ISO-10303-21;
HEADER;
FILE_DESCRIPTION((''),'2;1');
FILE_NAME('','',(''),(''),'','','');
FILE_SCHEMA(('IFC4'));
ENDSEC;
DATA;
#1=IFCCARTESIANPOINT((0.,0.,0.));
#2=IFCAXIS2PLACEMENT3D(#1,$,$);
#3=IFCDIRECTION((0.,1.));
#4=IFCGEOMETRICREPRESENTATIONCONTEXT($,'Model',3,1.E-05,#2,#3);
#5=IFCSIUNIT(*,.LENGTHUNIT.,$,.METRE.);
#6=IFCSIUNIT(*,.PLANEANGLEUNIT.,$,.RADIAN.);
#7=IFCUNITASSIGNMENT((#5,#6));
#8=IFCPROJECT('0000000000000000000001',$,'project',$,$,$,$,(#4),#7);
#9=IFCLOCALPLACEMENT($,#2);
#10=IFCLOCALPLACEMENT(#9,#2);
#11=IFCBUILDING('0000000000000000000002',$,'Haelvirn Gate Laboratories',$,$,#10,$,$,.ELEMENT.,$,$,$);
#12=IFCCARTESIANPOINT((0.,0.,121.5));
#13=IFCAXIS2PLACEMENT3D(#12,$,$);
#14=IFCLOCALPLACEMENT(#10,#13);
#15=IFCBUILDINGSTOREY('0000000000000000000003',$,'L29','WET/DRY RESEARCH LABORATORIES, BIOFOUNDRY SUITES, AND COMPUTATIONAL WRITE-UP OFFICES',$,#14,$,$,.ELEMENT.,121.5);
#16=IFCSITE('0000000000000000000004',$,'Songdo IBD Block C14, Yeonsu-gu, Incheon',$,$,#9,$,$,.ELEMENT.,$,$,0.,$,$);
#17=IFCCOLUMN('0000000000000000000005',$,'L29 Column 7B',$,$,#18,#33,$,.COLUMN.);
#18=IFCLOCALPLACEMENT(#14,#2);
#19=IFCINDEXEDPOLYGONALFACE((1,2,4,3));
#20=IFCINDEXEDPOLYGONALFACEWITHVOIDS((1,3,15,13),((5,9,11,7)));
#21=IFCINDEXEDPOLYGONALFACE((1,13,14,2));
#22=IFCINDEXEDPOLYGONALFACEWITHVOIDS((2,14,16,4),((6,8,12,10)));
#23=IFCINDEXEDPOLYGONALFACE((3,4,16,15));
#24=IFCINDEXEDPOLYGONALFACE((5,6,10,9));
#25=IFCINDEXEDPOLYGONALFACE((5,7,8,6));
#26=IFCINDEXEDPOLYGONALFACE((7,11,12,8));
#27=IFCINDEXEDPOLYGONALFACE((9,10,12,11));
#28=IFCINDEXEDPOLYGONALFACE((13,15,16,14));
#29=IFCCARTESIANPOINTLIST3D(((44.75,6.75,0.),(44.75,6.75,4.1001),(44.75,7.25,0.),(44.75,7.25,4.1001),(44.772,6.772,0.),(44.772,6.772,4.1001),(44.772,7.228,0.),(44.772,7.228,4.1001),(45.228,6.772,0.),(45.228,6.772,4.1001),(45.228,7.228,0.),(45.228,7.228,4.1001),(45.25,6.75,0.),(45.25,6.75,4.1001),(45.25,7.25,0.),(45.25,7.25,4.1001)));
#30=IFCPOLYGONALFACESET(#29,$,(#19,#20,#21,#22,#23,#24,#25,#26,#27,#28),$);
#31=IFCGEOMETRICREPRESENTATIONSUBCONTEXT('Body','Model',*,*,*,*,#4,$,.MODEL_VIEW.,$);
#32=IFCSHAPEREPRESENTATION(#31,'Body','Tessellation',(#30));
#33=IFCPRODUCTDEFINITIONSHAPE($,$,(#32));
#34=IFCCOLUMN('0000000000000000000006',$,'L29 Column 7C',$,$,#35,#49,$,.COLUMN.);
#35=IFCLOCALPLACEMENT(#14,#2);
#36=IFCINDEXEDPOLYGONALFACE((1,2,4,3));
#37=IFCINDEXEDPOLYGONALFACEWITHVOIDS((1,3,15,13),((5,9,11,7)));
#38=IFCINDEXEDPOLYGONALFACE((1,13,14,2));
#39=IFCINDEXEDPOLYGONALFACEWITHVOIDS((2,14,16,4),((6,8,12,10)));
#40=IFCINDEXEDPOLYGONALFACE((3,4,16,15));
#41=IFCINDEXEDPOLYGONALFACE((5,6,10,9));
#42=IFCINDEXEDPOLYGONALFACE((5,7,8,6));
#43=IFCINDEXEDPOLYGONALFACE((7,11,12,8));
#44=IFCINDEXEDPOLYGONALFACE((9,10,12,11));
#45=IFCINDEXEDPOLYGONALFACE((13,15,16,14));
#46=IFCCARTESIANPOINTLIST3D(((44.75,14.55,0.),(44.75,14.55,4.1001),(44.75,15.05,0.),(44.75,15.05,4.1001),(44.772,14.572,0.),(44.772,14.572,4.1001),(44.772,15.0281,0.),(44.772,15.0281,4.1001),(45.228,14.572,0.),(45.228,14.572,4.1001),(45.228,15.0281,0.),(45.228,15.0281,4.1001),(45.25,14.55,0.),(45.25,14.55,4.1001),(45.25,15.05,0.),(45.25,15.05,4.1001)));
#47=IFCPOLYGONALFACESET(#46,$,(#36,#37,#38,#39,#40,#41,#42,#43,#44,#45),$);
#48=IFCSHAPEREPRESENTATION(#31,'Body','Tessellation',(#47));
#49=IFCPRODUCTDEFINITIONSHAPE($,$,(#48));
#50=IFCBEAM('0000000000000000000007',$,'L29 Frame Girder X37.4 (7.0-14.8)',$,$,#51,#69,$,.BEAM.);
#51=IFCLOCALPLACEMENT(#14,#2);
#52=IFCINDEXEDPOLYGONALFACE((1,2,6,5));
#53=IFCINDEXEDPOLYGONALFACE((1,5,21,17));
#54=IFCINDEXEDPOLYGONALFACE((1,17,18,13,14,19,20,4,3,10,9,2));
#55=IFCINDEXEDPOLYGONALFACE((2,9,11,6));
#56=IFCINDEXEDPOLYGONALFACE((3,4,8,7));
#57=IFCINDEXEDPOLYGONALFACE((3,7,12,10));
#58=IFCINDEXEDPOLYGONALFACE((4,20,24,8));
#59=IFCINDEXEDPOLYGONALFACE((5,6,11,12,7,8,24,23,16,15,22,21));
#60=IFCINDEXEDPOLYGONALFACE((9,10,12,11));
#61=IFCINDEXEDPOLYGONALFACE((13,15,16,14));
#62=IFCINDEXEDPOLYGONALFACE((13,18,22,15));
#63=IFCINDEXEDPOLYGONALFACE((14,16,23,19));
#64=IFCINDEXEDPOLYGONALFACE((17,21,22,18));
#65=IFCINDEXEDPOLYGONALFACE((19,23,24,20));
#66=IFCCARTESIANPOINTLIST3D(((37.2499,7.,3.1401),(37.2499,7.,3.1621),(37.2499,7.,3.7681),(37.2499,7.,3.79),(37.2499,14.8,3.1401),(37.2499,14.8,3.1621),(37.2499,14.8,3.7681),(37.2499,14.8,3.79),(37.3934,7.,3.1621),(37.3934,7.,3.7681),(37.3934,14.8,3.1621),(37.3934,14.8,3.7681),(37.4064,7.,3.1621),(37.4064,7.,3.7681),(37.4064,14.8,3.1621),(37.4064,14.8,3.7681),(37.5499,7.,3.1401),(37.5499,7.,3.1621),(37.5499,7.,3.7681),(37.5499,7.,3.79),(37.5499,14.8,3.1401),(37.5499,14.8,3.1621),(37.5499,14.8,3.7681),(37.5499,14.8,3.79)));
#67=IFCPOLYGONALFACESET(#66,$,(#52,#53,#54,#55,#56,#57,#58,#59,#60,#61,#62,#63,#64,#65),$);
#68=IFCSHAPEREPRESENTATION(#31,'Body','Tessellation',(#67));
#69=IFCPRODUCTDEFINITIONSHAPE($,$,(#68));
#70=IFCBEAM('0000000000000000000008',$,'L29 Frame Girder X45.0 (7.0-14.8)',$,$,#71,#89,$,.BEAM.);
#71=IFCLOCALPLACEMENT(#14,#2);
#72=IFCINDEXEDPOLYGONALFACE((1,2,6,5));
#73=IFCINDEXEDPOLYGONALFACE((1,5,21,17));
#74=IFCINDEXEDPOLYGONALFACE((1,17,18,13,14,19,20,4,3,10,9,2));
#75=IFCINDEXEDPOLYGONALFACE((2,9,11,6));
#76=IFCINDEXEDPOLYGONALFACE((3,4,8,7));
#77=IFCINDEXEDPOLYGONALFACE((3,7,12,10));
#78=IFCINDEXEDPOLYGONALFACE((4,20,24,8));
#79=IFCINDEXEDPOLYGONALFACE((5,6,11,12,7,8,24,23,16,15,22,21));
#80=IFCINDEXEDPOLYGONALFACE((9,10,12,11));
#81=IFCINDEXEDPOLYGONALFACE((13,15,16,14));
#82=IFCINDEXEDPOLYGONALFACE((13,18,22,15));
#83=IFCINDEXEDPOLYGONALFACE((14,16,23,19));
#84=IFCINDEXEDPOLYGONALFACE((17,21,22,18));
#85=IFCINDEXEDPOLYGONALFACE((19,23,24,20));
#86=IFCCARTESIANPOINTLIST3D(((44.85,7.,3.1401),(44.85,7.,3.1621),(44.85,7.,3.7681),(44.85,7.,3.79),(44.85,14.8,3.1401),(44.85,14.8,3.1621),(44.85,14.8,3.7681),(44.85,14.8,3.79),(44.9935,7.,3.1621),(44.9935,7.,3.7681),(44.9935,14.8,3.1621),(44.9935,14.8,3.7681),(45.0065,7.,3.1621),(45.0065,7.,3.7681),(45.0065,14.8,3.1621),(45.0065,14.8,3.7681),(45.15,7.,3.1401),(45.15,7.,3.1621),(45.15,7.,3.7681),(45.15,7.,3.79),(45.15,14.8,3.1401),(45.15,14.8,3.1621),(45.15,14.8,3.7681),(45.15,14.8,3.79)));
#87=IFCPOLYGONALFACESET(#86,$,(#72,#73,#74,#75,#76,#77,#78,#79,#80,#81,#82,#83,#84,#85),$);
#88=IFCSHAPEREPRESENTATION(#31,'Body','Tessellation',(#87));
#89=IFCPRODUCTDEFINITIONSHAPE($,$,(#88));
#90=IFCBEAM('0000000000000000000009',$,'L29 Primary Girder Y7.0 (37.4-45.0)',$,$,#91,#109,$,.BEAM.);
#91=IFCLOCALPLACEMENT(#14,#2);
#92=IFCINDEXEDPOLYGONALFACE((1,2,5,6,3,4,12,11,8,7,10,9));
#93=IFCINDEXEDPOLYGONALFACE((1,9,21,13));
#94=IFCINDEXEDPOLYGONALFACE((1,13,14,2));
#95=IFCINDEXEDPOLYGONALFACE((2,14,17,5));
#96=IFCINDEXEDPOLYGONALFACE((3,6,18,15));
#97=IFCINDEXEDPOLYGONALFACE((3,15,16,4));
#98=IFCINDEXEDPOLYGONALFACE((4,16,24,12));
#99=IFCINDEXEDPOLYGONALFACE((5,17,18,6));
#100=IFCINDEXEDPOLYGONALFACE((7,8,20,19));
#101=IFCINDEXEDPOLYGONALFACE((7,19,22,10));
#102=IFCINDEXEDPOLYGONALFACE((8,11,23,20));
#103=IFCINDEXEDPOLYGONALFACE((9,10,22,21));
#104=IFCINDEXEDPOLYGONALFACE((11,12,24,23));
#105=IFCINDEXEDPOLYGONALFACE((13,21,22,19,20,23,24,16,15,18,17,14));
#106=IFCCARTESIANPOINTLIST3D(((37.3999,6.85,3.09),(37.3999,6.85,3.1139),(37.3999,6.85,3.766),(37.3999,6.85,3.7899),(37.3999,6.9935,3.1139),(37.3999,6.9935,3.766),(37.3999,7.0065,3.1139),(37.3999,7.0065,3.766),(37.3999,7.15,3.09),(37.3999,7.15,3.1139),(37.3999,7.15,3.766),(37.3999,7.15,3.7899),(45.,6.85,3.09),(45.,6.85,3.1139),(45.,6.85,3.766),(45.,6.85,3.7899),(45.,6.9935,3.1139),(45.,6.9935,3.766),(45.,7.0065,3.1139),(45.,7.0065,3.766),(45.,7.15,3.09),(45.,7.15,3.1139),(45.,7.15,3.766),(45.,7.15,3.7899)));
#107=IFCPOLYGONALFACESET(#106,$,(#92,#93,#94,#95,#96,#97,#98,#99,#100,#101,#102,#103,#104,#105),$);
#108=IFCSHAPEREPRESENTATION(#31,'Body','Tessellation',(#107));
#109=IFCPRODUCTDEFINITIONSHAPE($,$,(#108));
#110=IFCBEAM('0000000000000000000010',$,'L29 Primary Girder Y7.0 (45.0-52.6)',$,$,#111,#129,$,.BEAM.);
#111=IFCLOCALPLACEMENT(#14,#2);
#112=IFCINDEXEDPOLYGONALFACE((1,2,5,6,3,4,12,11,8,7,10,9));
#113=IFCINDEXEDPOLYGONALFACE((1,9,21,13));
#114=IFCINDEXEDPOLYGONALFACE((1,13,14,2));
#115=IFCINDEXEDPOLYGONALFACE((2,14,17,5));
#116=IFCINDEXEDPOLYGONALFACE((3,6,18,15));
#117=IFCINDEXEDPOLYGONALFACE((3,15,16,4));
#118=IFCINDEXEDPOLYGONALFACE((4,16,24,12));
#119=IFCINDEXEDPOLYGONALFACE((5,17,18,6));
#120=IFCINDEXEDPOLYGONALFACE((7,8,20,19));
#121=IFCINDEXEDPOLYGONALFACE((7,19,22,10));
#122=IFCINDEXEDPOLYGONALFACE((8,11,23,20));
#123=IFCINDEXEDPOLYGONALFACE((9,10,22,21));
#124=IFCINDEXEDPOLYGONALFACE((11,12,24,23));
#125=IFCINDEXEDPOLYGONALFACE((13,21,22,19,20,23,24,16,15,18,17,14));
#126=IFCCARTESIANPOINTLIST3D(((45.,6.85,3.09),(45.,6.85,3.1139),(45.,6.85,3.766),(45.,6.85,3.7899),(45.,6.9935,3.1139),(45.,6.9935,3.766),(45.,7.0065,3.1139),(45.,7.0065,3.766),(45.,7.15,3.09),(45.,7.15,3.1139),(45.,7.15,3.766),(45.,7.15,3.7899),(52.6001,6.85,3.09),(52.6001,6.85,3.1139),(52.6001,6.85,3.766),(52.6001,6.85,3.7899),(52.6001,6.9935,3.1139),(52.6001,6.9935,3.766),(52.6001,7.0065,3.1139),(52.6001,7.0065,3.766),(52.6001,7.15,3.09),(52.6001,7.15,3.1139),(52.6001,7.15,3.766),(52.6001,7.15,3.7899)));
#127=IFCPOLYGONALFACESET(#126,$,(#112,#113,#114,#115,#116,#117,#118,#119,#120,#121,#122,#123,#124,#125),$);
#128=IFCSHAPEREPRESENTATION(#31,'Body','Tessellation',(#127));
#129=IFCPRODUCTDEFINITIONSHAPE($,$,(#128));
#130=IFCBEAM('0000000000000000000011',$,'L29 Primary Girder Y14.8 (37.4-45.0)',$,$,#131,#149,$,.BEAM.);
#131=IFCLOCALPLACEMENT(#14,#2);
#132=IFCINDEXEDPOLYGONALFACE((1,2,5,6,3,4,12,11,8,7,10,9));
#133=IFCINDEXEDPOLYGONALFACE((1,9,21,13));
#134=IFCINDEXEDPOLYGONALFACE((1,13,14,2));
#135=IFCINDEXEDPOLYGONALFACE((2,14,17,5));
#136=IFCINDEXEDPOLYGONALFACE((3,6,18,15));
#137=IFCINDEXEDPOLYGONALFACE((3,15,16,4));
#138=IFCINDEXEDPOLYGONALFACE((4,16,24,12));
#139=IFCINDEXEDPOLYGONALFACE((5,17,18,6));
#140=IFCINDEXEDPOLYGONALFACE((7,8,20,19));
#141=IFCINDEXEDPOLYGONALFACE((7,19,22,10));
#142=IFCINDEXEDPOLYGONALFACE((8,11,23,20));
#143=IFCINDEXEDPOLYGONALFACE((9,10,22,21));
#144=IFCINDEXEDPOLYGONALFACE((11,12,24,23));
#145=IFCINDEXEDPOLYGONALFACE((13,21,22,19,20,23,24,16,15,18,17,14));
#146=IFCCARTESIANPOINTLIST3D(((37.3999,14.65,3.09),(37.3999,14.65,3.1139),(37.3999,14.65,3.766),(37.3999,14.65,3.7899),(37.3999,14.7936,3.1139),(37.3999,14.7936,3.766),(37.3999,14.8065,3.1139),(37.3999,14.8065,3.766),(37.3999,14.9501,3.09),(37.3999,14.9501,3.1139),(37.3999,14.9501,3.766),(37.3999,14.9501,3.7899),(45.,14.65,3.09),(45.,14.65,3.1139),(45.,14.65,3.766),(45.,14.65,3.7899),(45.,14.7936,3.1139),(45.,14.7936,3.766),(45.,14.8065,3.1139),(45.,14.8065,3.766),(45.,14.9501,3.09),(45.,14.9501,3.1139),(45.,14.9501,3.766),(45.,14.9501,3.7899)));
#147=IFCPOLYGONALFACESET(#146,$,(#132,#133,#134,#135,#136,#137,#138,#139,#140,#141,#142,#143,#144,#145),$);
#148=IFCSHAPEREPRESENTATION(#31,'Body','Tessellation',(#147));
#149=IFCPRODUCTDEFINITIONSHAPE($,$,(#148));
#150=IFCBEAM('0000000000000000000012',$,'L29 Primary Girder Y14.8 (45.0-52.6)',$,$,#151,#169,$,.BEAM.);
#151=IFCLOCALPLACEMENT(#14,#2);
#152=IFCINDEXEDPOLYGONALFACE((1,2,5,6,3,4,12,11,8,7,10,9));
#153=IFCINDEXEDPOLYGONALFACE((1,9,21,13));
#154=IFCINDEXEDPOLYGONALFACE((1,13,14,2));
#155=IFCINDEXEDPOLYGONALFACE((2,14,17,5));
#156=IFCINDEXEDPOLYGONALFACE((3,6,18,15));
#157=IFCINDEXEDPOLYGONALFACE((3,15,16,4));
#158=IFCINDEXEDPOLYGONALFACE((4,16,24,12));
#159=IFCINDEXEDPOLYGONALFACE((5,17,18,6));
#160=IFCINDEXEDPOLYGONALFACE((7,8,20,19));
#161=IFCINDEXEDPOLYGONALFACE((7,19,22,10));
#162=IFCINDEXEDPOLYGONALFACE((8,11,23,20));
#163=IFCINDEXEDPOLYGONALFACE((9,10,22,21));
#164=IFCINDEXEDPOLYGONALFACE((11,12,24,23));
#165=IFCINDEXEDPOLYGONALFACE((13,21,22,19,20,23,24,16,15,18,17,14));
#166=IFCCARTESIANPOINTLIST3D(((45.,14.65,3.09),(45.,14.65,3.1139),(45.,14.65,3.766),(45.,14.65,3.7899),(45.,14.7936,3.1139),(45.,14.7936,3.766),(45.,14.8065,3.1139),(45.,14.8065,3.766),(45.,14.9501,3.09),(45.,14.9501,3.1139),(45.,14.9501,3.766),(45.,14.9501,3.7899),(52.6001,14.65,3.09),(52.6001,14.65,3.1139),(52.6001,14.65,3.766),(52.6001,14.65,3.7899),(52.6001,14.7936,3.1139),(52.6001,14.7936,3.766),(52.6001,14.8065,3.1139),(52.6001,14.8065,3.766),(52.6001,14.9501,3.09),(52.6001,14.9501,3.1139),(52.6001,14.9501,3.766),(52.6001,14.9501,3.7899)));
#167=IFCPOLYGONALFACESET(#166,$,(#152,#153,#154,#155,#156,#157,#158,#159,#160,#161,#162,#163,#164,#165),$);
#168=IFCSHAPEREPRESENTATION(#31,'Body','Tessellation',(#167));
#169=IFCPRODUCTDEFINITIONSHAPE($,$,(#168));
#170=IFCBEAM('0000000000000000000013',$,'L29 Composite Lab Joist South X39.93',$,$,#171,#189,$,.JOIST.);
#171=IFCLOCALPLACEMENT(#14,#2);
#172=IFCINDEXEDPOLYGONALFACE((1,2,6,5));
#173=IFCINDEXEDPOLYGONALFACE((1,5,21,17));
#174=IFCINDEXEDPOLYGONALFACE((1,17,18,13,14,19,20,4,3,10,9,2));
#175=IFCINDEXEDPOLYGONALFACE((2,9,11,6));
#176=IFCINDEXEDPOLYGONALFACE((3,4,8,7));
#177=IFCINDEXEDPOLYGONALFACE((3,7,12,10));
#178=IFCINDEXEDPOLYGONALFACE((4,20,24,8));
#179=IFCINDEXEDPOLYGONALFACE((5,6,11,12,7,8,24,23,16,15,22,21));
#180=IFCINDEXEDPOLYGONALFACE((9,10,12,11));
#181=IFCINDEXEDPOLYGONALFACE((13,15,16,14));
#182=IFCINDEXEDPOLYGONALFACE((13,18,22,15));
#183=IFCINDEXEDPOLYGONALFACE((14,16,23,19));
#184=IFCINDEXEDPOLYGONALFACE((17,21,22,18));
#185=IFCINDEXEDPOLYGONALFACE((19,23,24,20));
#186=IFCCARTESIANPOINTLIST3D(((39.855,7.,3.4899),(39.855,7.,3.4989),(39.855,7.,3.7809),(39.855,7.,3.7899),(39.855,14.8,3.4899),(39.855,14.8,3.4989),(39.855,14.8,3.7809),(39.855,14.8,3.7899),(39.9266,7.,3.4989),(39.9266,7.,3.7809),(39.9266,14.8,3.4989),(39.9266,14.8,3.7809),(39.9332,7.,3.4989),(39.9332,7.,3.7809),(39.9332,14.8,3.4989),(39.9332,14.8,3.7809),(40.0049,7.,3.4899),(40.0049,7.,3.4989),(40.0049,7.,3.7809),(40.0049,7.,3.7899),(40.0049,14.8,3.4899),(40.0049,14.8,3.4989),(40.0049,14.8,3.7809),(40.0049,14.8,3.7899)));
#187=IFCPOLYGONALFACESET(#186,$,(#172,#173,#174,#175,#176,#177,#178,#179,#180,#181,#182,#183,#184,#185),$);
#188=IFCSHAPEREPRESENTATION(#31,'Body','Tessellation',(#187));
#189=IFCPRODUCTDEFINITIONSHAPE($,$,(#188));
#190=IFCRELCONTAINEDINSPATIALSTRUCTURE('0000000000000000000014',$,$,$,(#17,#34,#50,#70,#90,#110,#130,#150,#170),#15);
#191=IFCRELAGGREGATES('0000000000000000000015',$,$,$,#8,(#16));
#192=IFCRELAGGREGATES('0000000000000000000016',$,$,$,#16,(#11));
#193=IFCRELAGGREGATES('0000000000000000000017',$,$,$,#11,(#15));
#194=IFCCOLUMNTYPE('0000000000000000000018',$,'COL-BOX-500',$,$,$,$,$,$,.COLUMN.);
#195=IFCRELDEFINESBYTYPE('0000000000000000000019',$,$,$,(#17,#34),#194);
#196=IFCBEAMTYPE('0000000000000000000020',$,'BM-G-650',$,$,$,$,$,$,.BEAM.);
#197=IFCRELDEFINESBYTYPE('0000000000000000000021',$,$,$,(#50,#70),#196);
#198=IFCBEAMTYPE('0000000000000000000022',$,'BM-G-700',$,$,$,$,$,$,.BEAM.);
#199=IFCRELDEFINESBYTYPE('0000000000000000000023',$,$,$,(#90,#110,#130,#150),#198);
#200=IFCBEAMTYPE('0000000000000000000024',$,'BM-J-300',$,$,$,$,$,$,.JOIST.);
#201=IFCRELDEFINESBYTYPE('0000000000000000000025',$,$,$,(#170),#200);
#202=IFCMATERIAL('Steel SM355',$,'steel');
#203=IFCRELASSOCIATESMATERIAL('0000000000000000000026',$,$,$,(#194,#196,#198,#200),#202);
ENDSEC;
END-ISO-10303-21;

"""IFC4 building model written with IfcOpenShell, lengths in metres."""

from ifc_helpers import new_model, si_unit, direction, frame, origin, origin_2d, place, context, subcontext, project, spatial, hollow_rectangle, i_section, extrude, source, transform, mapped, material, material_profile, profile_set, type_object, type_shapes, element, save


model = new_model("IFC4")

# Units and contexts
model_context = context("Model", 3, precision=1e-05, world=origin(), true_north=direction((0.0, 1.0)))
body_context = subcontext(model_context, "Body", "Model", "MODEL_VIEW")
ifc_project = project(units=[si_unit("LENGTHUNIT", "METRE"), si_unit("PLANEANGLEUNIT", "RADIAN")], contexts=[model_context])

# Site, building, storey
site_placement = place(None, origin())
site = spatial("IfcSite", under=ifc_project, at=site_placement, Name="Songdo IBD Block C14, Yeonsu-gu, Incheon", CompositionType="ELEMENT", RefElevation=0.0)
building_placement = place(site_placement, origin())
building = spatial("IfcBuilding", under=site, at=building_placement, Name="Haelvirn Gate Laboratories", CompositionType="ELEMENT")
storey_placement = place(building_placement, frame((0.0, 0.0, 121.5)))
storey = spatial("IfcBuildingStorey", under=building, at=storey_placement, Name="L29", Description="WET/DRY RESEARCH LABORATORIES, BIOFOUNDRY SUITES, AND COMPUTATIONAL WRITE-UP OFFICES", CompositionType="ELEMENT", Elevation=121.5)

# Columns
ifc_material_1 = material(Name="Steel SM355", Category="steel")
ifc_material_profile_1 = material_profile(ifc_material_1, hollow_rectangle(XDim=0.5, YDim=0.5, WallThickness=0.022, at=origin_2d()), Name="BOX-500x500x22")
ifc_profile_set_1 = profile_set([ifc_material_profile_1], Name="Steel SM355")
column_type = type_object("IfcColumnType", Name="COL-BOX-500", PredefinedType="COLUMN", material=ifc_profile_set_1)
shared_shape_1 = source(origin(), body_context, "Body", "SweptSolid", [
    extrude(hollow_rectangle(XDim=0.5, YDim=0.5, WallThickness=0.022, at=origin_2d()), origin(), (0.0, 0.0, 1.0), 4.1001),
])
type_shapes(column_type, [shared_shape_1])
for number, where, z_axis, x_axis, name in (
    (1, (45.0, 7.0, 0.0), (0.0, 0.0, 1.0), (1.0, 0.0, 0.0), "L29 Column 7B"),
    (2, (45.0, 14.8, 0.0), (0.0, 0.0, 1.0), (1.0, 0.0, 0.0), "L29 Column 7C"),
):
    element("IfcColumn", number, at=place(storey_placement, frame(where, z_axis=z_axis, x_axis=x_axis)), inside=storey, type_object=column_type, Name=name, PredefinedType="COLUMN", context=body_context, shape_type="MappedRepresentation", body=[
        mapped(shared_shape_1, transform((0.0, 0.0, 0.0), scale=1.0)),
    ])

# Beams
ifc_material_profile_2 = material_profile(ifc_material_1, i_section(OverallWidth=0.3, OverallDepth=0.6499, WebThickness=0.0129, FlangeThickness=0.022, at=origin_2d()), Name="H-650x300x13x22")
ifc_profile_set_2 = profile_set([ifc_material_profile_2], Name="Steel SM355")
beam_type_1 = type_object("IfcBeamType", Name="BM-G-650", PredefinedType="BEAM", material=ifc_profile_set_2)
shared_shape_2 = source(origin(), body_context, "Body", "SweptSolid", [
    extrude(i_section(OverallWidth=0.3, OverallDepth=0.6499, WebThickness=0.0129, FlangeThickness=0.022, at=origin_2d()), origin(), (0.0, 0.0, 1.0), 7.8),
])
type_shapes(beam_type_1, [shared_shape_2])
for number, where, z_axis, x_axis, name in (
    (3, (37.3999, 7.0, 3.4651), (0.0, 1.0, 0.0), (-1.0, 0.0, 0.0), "L29 Frame Girder X37.4 (7.0-14.8)"),
    (4, (45.0, 7.0, 3.4651), (0.0, 1.0, 0.0), (-1.0, 0.0, 0.0), "L29 Frame Girder X45.0 (7.0-14.8)"),
):
    element("IfcBeam", number, at=place(storey_placement, frame(where, z_axis=z_axis, x_axis=x_axis)), inside=storey, type_object=beam_type_1, Name=name, PredefinedType="BEAM", context=body_context, shape_type="MappedRepresentation", body=[
        mapped(shared_shape_2, transform((0.0, 0.0, 0.0), scale=1.0)),
    ])
ifc_material_profile_3 = material_profile(ifc_material_1, i_section(OverallWidth=0.3, OverallDepth=0.7, WebThickness=0.0129, FlangeThickness=0.0239, at=origin_2d()), Name="H-700x300x13x24")
ifc_profile_set_3 = profile_set([ifc_material_profile_3], Name="Steel SM355")
beam_type_2 = type_object("IfcBeamType", Name="BM-G-700", PredefinedType="BEAM", material=ifc_profile_set_3)
shared_shape_3 = source(origin(), body_context, "Body", "SweptSolid", [
    extrude(i_section(OverallWidth=0.3, OverallDepth=0.7, WebThickness=0.0129, FlangeThickness=0.0239, at=origin_2d()), origin(), (0.0, 0.0, 1.0), 7.6001),
])
type_shapes(beam_type_2, [shared_shape_3])
for number, where, z_axis, x_axis, name in (
    (5, (37.3999, 7.0, 3.4399), (1.0, 0.0, 0.0), (0.0, 1.0, 0.0), "L29 Primary Girder Y7.0 (37.4-45.0)"),
    (6, (45.0, 7.0, 3.4399), (1.0, 0.0, 0.0), (0.0, 1.0, 0.0), "L29 Primary Girder Y7.0 (45.0-52.6)"),
    (7, (37.3999, 14.8, 3.4399), (1.0, 0.0, 0.0), (0.0, 1.0, 0.0), "L29 Primary Girder Y14.8 (37.4-45.0)"),
    (8, (45.0, 14.8, 3.4399), (1.0, 0.0, 0.0), (0.0, 1.0, 0.0), "L29 Primary Girder Y14.8 (45.0-52.6)"),
):
    element("IfcBeam", number, at=place(storey_placement, frame(where, z_axis=z_axis, x_axis=x_axis)), inside=storey, type_object=beam_type_2, Name=name, PredefinedType="BEAM", context=body_context, shape_type="MappedRepresentation", body=[
        mapped(shared_shape_3, transform((0.0, 0.0, 0.0), scale=1.0)),
    ])
ifc_material_profile_4 = material_profile(ifc_material_1, i_section(OverallWidth=0.1499, OverallDepth=0.3, WebThickness=0.0066, FlangeThickness=0.009, at=origin_2d()), Name="H-300x150x6.5x9")
ifc_profile_set_4 = profile_set([ifc_material_profile_4], Name="Steel SM355")
beam_type_3 = type_object("IfcBeamType", Name="BM-J-300", PredefinedType="JOIST", material=ifc_profile_set_4)
shared_shape_4 = source(origin(), body_context, "Body", "SweptSolid", [
    extrude(i_section(OverallWidth=0.1499, OverallDepth=0.3, WebThickness=0.0066, FlangeThickness=0.009, at=origin_2d()), origin(), (0.0, 0.0, 1.0), 7.8),
])
type_shapes(beam_type_3, [shared_shape_4])
for number, where, z_axis, x_axis, name in (
    (9, (39.9299, 7.0, 3.6399), (0.0, 1.0, 0.0), (-1.0, 0.0, 0.0), "L29 Composite Lab Joist South X39.93"),
):
    element("IfcBeam", number, at=place(storey_placement, frame(where, z_axis=z_axis, x_axis=x_axis)), inside=storey, type_object=beam_type_3, Name=name, PredefinedType="JOIST", context=body_context, shape_type="MappedRepresentation", body=[
        mapped(shared_shape_4, transform((0.0, 0.0, 0.0), scale=1.0)),
    ])

save(model, "model.ifc")
